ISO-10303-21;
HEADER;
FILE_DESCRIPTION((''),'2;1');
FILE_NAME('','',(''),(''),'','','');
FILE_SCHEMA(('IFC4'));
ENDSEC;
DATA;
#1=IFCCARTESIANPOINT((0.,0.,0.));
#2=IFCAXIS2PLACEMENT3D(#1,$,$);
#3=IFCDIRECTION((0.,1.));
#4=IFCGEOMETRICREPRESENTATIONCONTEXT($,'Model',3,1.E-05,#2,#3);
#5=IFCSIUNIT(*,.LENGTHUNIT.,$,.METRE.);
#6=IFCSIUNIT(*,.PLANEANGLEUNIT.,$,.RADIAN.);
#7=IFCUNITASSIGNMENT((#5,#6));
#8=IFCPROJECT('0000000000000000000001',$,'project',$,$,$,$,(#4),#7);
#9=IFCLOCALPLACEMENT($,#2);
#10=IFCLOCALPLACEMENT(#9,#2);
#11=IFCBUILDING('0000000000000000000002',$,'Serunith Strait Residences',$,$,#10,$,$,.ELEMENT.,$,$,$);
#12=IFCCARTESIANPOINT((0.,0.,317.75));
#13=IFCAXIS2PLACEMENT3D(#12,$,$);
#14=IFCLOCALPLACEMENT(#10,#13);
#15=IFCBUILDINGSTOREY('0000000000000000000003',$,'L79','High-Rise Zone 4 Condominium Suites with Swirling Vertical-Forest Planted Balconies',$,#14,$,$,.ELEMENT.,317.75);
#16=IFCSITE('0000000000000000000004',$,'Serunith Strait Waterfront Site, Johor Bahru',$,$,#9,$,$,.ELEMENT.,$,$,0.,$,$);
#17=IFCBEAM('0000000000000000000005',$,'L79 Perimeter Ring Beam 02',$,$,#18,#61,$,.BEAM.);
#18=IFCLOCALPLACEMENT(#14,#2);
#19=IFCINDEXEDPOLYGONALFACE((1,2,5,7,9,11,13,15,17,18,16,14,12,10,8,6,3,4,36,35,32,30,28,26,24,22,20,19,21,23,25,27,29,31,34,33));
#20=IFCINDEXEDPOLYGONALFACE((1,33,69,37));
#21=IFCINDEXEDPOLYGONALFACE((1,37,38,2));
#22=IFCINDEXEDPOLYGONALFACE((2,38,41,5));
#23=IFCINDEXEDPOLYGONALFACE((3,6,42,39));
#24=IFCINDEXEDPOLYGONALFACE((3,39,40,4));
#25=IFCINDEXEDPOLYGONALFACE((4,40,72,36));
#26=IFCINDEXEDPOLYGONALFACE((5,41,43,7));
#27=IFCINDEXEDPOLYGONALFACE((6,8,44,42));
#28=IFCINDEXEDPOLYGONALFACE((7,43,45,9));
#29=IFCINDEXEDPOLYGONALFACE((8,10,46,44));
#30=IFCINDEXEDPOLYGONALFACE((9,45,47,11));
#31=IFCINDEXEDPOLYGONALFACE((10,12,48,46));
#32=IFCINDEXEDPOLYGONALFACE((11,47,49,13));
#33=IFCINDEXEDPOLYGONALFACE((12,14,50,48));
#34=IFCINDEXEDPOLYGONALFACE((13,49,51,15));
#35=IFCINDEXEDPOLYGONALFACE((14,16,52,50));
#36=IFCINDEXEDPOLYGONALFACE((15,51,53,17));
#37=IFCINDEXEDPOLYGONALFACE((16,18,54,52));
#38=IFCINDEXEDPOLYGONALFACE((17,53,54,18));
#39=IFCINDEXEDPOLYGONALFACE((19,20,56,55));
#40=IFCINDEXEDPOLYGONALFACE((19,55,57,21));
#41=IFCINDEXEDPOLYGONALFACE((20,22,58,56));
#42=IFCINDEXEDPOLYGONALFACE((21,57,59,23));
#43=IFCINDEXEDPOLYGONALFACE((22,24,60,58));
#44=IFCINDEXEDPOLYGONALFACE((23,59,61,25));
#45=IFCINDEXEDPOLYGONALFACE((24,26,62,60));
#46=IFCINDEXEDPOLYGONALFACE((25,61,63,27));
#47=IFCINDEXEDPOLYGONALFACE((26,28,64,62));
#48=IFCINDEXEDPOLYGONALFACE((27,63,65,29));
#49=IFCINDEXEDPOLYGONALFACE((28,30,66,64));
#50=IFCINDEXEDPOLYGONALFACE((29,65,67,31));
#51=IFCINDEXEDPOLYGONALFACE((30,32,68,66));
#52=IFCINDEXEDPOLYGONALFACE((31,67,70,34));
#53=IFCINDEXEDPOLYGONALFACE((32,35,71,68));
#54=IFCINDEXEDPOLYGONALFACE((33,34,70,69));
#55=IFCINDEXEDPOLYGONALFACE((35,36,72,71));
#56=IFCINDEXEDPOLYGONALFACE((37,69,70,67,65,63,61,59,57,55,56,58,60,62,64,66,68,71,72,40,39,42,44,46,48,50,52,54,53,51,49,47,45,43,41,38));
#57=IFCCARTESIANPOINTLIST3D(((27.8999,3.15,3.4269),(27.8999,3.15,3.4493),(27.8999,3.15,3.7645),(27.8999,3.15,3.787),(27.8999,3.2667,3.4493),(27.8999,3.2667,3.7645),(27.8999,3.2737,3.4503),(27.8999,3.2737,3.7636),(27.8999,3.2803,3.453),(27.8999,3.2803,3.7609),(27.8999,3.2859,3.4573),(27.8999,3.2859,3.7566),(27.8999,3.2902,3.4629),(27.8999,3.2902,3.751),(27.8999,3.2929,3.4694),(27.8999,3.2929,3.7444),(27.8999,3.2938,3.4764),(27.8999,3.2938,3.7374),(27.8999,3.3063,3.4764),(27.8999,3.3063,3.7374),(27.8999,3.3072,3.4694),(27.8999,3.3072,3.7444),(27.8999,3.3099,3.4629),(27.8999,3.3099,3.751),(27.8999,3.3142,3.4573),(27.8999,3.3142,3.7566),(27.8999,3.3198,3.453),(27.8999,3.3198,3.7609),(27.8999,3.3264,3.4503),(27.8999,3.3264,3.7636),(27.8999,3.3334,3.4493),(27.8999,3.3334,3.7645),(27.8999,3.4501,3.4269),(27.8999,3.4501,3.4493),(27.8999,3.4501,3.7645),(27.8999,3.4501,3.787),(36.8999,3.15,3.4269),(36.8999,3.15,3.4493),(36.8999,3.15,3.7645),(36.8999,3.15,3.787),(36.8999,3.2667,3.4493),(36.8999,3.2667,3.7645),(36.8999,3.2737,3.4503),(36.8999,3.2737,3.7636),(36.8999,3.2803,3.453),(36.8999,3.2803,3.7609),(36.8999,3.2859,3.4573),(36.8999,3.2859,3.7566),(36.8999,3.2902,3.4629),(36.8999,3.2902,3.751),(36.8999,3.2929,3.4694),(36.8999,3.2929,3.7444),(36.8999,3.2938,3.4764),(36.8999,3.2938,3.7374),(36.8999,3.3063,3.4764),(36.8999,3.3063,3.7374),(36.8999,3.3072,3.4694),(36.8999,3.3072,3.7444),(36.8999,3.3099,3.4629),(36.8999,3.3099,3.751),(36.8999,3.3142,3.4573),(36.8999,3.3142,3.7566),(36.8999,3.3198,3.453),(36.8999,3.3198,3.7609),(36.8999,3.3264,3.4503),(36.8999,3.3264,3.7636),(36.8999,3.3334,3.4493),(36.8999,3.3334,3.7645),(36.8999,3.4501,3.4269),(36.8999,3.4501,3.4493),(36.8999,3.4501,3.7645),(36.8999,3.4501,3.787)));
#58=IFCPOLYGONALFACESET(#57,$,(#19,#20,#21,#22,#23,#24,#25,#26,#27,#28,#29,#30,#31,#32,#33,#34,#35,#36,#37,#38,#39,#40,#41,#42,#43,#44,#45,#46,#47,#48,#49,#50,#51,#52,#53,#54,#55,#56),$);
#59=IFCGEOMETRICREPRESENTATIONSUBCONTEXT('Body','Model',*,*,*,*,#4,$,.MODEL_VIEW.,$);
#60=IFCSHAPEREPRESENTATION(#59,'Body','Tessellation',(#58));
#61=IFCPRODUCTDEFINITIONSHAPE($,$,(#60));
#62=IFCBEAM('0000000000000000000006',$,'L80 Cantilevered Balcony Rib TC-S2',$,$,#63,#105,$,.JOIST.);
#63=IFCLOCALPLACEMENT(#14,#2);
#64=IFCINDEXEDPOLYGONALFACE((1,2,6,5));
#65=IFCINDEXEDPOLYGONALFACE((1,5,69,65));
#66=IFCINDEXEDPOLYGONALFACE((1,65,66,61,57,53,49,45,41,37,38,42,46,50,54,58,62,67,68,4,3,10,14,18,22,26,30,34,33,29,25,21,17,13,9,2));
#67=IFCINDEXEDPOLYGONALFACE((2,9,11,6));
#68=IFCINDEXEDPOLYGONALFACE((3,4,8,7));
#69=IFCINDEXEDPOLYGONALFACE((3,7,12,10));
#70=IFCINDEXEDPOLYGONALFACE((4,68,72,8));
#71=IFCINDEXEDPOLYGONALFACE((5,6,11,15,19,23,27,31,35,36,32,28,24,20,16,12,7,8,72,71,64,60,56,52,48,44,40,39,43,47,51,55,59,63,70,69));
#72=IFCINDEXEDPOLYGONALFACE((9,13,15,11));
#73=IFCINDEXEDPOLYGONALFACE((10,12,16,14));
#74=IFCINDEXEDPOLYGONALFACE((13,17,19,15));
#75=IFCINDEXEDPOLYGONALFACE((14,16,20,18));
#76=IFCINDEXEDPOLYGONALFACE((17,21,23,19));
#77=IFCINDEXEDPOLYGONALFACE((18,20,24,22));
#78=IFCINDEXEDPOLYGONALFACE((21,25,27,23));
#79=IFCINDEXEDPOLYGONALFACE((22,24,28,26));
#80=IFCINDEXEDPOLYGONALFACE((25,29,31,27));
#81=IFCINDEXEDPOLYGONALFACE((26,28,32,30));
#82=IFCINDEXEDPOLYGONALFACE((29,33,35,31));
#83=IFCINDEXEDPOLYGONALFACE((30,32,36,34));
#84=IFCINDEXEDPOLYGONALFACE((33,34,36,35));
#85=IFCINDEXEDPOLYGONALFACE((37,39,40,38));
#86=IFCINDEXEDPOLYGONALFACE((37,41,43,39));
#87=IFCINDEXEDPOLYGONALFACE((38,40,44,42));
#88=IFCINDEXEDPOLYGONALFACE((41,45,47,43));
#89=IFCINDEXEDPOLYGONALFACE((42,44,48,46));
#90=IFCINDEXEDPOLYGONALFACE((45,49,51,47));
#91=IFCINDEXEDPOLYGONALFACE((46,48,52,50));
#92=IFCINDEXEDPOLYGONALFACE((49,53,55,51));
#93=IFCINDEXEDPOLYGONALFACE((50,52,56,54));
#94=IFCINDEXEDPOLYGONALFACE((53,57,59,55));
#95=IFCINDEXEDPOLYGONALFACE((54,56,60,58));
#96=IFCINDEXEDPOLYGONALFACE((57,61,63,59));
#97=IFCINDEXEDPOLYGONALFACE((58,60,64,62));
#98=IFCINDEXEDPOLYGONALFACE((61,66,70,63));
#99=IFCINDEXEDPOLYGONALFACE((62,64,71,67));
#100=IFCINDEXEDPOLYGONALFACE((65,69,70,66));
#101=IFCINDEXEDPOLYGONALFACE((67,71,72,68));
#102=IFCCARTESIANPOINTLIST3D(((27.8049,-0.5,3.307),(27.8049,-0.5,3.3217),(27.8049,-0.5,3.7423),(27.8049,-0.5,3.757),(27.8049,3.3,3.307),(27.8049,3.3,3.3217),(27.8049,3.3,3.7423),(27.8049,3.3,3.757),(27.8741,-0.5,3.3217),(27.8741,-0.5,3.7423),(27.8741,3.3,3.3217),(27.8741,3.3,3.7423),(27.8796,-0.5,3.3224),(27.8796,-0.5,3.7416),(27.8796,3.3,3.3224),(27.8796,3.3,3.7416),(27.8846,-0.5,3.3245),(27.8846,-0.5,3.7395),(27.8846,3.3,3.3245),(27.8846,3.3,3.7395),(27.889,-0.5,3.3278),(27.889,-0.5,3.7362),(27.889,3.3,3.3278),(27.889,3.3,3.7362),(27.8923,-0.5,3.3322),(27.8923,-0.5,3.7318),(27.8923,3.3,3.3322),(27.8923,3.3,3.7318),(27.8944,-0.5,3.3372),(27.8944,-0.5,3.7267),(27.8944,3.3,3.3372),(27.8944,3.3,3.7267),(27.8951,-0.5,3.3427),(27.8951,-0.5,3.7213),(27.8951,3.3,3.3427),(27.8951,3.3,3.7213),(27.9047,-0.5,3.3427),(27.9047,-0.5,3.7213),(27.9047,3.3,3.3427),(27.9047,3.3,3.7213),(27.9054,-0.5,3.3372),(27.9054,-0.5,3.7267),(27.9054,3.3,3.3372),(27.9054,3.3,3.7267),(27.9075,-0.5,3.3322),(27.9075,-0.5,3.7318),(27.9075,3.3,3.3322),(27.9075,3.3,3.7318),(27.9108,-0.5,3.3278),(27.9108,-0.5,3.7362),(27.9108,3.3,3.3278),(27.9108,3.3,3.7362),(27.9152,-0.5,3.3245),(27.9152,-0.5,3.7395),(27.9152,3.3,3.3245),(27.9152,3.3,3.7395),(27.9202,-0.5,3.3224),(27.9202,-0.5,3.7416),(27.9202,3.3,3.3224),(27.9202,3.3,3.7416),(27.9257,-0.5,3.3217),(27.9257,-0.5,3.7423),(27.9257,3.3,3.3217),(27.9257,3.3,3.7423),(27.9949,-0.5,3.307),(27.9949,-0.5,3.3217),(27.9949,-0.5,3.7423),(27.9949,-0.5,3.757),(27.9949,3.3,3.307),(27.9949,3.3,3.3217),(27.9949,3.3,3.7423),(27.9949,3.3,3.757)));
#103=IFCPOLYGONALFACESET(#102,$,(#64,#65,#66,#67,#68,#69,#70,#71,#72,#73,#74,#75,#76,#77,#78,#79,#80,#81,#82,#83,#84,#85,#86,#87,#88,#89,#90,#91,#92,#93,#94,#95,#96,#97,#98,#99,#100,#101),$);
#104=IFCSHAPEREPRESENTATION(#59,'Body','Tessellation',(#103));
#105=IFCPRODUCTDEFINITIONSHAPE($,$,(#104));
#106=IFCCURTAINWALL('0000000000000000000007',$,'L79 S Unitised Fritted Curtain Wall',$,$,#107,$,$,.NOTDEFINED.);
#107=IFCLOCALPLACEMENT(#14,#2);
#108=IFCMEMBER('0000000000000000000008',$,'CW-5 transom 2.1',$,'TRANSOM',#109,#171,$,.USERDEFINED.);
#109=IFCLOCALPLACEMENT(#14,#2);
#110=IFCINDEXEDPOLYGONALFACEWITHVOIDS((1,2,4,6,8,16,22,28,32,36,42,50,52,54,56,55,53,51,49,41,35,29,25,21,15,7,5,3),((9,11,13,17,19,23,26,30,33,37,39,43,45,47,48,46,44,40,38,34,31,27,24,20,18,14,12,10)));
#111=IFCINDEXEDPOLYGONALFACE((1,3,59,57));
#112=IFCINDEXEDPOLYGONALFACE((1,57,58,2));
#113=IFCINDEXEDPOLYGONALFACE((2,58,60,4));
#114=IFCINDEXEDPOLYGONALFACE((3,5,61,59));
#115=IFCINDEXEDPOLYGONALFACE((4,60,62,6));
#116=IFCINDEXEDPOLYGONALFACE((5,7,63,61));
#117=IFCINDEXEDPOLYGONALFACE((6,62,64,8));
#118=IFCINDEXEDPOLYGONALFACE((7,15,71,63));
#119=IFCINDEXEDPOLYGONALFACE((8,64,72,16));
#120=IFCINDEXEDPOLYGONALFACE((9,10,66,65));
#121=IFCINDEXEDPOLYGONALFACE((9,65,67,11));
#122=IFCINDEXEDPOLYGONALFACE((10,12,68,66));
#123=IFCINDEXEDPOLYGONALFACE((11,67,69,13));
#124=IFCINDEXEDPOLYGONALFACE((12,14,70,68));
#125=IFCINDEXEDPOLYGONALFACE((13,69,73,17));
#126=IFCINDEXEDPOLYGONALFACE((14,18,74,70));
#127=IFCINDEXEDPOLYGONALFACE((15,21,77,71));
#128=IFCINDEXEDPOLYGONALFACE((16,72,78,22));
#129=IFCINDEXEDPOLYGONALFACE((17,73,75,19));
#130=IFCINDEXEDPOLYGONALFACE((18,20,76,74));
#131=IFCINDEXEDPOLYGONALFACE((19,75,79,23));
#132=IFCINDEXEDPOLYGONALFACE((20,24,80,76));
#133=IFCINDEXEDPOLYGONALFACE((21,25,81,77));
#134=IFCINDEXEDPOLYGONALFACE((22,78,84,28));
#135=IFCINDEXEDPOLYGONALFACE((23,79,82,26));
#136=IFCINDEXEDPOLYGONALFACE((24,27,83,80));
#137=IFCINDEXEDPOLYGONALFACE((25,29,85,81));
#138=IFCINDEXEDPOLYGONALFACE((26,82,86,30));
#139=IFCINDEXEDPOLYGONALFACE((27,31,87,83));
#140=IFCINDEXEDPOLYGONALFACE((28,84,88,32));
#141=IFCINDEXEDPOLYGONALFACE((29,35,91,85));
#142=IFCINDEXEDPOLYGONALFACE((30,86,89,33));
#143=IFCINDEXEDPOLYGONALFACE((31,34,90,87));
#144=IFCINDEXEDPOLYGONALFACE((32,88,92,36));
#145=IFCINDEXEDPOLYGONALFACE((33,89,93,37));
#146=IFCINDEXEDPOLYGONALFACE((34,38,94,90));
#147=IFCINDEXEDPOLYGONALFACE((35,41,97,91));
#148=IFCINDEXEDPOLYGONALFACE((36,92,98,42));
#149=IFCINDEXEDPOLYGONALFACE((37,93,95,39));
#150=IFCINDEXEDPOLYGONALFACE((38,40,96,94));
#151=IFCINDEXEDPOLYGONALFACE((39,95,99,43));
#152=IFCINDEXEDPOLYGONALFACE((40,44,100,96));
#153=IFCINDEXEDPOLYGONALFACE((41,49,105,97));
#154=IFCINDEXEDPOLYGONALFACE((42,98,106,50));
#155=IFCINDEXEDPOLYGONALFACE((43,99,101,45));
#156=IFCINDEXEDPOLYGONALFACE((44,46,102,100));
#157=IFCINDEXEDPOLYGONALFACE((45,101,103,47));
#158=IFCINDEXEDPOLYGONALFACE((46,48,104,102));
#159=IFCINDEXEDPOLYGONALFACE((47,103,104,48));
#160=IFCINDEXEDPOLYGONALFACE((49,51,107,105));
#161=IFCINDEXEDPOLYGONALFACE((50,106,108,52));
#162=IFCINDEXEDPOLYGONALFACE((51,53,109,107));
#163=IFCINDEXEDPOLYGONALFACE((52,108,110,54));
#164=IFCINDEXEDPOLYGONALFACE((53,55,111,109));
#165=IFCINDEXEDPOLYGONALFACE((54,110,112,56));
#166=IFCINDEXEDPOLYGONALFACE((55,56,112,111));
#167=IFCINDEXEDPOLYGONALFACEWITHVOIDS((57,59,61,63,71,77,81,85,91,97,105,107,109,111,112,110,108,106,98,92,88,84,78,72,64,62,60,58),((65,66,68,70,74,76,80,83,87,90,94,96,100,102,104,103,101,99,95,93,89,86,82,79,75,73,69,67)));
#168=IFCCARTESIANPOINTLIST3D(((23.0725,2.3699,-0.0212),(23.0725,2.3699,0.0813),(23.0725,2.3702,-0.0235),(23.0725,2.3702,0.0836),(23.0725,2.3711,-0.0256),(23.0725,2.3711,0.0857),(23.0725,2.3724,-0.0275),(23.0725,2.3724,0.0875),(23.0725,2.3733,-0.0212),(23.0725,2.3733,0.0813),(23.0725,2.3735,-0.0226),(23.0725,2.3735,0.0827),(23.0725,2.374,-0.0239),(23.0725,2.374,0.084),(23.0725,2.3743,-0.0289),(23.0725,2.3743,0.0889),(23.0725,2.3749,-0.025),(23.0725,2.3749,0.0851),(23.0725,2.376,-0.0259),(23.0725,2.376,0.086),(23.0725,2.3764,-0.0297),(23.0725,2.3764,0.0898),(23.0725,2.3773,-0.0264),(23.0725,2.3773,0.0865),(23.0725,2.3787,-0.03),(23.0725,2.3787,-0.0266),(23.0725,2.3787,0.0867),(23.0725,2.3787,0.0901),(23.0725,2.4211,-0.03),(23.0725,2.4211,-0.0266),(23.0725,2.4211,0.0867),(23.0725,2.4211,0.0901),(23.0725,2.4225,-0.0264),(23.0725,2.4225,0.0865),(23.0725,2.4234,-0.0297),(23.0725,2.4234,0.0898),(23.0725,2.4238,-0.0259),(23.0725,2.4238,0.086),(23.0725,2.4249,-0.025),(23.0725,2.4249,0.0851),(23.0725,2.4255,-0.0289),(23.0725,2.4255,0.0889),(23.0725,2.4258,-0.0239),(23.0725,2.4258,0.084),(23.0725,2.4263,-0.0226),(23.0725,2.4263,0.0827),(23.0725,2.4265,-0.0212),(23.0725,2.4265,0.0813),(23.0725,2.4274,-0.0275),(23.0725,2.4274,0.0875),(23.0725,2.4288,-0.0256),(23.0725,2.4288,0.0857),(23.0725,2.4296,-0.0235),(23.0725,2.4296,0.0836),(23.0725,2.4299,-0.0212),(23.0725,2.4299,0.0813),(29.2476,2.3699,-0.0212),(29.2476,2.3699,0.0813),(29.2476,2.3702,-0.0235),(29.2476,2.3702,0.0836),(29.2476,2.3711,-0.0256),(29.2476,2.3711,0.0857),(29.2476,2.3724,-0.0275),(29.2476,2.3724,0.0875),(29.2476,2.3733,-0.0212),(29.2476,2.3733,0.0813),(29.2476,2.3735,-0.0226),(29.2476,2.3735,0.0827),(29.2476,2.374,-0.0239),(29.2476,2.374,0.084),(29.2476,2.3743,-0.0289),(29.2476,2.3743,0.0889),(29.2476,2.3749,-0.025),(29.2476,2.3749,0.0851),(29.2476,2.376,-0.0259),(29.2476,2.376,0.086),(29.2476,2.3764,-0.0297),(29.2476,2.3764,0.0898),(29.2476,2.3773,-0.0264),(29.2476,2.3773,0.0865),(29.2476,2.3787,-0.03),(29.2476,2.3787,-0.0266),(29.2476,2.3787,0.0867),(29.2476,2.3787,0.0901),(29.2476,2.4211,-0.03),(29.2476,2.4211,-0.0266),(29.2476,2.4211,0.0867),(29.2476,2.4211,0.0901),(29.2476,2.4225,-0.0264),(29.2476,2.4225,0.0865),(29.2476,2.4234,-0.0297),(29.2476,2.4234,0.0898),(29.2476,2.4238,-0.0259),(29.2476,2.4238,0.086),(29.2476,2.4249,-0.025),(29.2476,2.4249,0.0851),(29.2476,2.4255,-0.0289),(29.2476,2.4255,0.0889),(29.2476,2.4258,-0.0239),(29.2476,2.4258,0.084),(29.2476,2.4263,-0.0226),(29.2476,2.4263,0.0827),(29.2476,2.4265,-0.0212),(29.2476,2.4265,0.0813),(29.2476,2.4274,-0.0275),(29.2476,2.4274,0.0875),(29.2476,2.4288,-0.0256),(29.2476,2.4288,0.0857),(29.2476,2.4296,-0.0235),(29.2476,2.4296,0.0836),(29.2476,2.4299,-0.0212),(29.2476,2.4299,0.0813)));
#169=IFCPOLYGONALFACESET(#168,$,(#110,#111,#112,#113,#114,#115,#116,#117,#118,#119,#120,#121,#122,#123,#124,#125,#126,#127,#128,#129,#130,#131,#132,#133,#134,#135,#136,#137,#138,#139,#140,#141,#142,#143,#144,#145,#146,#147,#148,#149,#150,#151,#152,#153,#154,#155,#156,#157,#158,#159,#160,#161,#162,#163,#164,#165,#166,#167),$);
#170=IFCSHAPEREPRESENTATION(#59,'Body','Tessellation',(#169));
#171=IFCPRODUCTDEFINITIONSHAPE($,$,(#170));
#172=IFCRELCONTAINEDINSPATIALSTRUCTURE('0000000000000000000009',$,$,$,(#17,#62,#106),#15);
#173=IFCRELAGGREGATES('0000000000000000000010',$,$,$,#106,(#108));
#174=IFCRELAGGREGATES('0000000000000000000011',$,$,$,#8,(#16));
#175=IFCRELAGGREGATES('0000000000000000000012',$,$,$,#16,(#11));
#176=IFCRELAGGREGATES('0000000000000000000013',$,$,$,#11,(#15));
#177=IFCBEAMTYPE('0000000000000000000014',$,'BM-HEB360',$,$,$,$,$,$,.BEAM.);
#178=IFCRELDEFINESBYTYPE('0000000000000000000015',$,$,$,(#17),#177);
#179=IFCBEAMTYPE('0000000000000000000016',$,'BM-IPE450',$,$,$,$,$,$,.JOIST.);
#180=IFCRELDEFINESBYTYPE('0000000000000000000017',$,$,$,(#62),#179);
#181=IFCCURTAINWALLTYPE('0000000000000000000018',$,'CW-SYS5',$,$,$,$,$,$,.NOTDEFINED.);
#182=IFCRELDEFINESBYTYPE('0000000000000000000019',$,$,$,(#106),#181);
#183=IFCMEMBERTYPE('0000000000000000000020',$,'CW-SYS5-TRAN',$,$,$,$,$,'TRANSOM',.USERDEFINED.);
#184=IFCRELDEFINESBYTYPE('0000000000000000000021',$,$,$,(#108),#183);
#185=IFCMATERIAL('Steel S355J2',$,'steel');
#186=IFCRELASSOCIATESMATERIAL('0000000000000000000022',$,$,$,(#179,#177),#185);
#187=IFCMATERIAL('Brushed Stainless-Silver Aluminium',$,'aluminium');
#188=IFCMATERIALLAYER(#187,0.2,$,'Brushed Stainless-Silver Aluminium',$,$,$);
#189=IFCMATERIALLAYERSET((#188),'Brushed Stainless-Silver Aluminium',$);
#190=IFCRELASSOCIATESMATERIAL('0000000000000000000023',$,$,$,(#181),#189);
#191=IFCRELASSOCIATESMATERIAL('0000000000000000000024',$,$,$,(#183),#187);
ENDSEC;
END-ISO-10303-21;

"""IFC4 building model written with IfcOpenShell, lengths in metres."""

from ifc_helpers import new_model, si_unit, direction, frame, origin, origin_2d, place, context, subcontext, project, spatial, hollow_rectangle, i_section, extrude, source, transform, mapped, material, layer, layer_set, material_profile, profile_set, type_object, element, aggregate, save


model = new_model("IFC4")

# Units and contexts
model_context = context("Model", 3, precision=1e-05, world=origin(), true_north=direction((0.0, 1.0)))
body_context = subcontext(model_context, "Body", "Model", "MODEL_VIEW")
ifc_project = project(units=[si_unit("LENGTHUNIT", "METRE"), si_unit("PLANEANGLEUNIT", "RADIAN")], contexts=[model_context])

# Site, building, storey
site_placement = place(None, origin())
site = spatial("IfcSite", under=ifc_project, at=site_placement, Name="Serunith Strait Waterfront Site, Johor Bahru", CompositionType="ELEMENT", RefElevation=0.0)
building_placement = place(site_placement, origin())
building = spatial("IfcBuilding", under=site, at=building_placement, Name="Serunith Strait Residences", CompositionType="ELEMENT")
storey_placement = place(building_placement, frame((0.0, 0.0, 317.75)))
storey = spatial("IfcBuildingStorey", under=building, at=storey_placement, Name="L79", Description="High-Rise Zone 4 Condominium Suites with Swirling Vertical-Forest Planted Balconies", CompositionType="ELEMENT", Elevation=317.75)

# Beams
ifc_material_1 = material(Name="Steel S355J2", Category="steel")
ifc_material_profile_1 = material_profile(ifc_material_1, i_section(OverallWidth=0.1899, OverallDepth=0.45, WebThickness=0.0095, FlangeThickness=0.0146, FilletRadius=0.021, at=origin_2d()), Name="IPE 450")
ifc_profile_set_1 = profile_set([ifc_material_profile_1], Name="Steel S355J2")
beam_type_1 = type_object("IfcBeamType", Name="BM-IPE450", PredefinedType="JOIST", material=ifc_profile_set_1)
ifc_material_profile_2 = material_profile(ifc_material_1, i_section(OverallWidth=0.3, OverallDepth=0.3601, WebThickness=0.0125, FlangeThickness=0.0225, FilletRadius=0.0271, at=origin_2d()), Name="HEB 360")
ifc_profile_set_2 = profile_set([ifc_material_profile_2], Name="Steel S355J2")
beam_type_2 = type_object("IfcBeamType", Name="BM-HEB360", PredefinedType="BEAM", material=ifc_profile_set_2)
shared_shape_1 = source(origin(), body_context, "Body", "SweptSolid", [
    extrude(i_section(OverallWidth=0.3, OverallDepth=0.3601, WebThickness=0.0125, FlangeThickness=0.0225, FilletRadius=0.0271, at=origin_2d()), origin(), (0.0, 0.0, 1.0), 9.0),
])
beam_1_placement = place(storey_placement, frame((27.8999, 3.3, 3.6069), z_axis=(1.0, 0.0, 0.0), x_axis=(0.0, 1.0, 0.0)))
element("IfcBeam", 1, at=beam_1_placement, inside=storey, type_object=beam_type_2, Name="L79 Perimeter Ring Beam 02", PredefinedType="BEAM", context=body_context, shape_type="MappedRepresentation", body=[
    mapped(shared_shape_1, transform((0.0, 0.0, 0.0), scale=1.0)),
])
shared_shape_2 = source(origin(), body_context, "Body", "SweptSolid", [
    extrude(i_section(OverallWidth=0.1899, OverallDepth=0.45, WebThickness=0.0095, FlangeThickness=0.0146, FilletRadius=0.021, at=origin_2d()), origin(), (0.0, 0.0, 1.0), 3.8),
])
beam_2_placement = place(storey_placement, frame((27.8999, 3.3, 3.532), z_axis=(0.0, -1.0, 0.0), x_axis=(1.0, 0.0, 0.0)))
element("IfcBeam", 2, at=beam_2_placement, inside=storey, type_object=beam_type_1, Name="L80 Cantilevered Balcony Rib TC-S2", PredefinedType="JOIST", context=body_context, shape_type="MappedRepresentation", body=[
    mapped(shared_shape_2, transform((0.0, 0.0, 0.0), scale=1.0)),
])

# Curtain wall, member
ifc_material_2 = material(Name="Brushed Stainless-Silver Aluminium", Category="aluminium")
ifc_layer_1 = layer(ifc_material_2, 0.2, Name="Brushed Stainless-Silver Aluminium")
ifc_layer_set_1 = layer_set([ifc_layer_1], Name="Brushed Stainless-Silver Aluminium")
curtain_wall_type = type_object("IfcCurtainWallType", Name="CW-SYS5", PredefinedType="NOTDEFINED", material=ifc_layer_set_1)
curtain_wall_placement = place(storey_placement, origin())
curtain_wall = element("IfcCurtainWall", 3, at=curtain_wall_placement, inside=storey, type_object=curtain_wall_type, Name="L79 S Unitised Fritted Curtain Wall", PredefinedType="NOTDEFINED")
ifc_material_profile_3 = material_profile(ifc_material_2, hollow_rectangle(XDim=0.0601, YDim=0.1201, WallThickness=0.0034, InnerFilletRadius=0.0054, OuterFilletRadius=0.0088, at=origin_2d()), Name="ALU 120x60x3.5")
ifc_profile_set_3 = profile_set([ifc_material_profile_3], Name="Brushed Stainless-Silver Aluminium")
member_type_1 = type_object("IfcMemberType", Name="CW-SYS5-TRAN", ElementType="TRANSOM", PredefinedType="USERDEFINED", material=ifc_profile_set_3)
shared_shape_3 = source(origin(), body_context, "Body", "SweptSolid", [
    extrude(hollow_rectangle(XDim=0.0601, YDim=0.1201, WallThickness=0.0034, InnerFilletRadius=0.0054, OuterFilletRadius=0.0088, at=origin_2d()), origin(), (0.0, 0.0, 1.0), 6.175),
])
member_1_placement = place(storey_placement, frame((23.0725, 2.3999, 0.03), z_axis=(1.0, 0.0, 0.0), x_axis=(0.0, 1.0, 0.0)))
member_1 = element("IfcMember", 4, at=member_1_placement, type_object=member_type_1, Name="CW-5 transom 2.1", ObjectType="TRANSOM", PredefinedType="USERDEFINED", context=body_context, shape_type="MappedRepresentation", body=[
    mapped(shared_shape_3, transform((0.0, 0.0, 0.0), scale=1.0)),
])
aggregate(curtain_wall, [member_1])

save(model, "model.ifc")
